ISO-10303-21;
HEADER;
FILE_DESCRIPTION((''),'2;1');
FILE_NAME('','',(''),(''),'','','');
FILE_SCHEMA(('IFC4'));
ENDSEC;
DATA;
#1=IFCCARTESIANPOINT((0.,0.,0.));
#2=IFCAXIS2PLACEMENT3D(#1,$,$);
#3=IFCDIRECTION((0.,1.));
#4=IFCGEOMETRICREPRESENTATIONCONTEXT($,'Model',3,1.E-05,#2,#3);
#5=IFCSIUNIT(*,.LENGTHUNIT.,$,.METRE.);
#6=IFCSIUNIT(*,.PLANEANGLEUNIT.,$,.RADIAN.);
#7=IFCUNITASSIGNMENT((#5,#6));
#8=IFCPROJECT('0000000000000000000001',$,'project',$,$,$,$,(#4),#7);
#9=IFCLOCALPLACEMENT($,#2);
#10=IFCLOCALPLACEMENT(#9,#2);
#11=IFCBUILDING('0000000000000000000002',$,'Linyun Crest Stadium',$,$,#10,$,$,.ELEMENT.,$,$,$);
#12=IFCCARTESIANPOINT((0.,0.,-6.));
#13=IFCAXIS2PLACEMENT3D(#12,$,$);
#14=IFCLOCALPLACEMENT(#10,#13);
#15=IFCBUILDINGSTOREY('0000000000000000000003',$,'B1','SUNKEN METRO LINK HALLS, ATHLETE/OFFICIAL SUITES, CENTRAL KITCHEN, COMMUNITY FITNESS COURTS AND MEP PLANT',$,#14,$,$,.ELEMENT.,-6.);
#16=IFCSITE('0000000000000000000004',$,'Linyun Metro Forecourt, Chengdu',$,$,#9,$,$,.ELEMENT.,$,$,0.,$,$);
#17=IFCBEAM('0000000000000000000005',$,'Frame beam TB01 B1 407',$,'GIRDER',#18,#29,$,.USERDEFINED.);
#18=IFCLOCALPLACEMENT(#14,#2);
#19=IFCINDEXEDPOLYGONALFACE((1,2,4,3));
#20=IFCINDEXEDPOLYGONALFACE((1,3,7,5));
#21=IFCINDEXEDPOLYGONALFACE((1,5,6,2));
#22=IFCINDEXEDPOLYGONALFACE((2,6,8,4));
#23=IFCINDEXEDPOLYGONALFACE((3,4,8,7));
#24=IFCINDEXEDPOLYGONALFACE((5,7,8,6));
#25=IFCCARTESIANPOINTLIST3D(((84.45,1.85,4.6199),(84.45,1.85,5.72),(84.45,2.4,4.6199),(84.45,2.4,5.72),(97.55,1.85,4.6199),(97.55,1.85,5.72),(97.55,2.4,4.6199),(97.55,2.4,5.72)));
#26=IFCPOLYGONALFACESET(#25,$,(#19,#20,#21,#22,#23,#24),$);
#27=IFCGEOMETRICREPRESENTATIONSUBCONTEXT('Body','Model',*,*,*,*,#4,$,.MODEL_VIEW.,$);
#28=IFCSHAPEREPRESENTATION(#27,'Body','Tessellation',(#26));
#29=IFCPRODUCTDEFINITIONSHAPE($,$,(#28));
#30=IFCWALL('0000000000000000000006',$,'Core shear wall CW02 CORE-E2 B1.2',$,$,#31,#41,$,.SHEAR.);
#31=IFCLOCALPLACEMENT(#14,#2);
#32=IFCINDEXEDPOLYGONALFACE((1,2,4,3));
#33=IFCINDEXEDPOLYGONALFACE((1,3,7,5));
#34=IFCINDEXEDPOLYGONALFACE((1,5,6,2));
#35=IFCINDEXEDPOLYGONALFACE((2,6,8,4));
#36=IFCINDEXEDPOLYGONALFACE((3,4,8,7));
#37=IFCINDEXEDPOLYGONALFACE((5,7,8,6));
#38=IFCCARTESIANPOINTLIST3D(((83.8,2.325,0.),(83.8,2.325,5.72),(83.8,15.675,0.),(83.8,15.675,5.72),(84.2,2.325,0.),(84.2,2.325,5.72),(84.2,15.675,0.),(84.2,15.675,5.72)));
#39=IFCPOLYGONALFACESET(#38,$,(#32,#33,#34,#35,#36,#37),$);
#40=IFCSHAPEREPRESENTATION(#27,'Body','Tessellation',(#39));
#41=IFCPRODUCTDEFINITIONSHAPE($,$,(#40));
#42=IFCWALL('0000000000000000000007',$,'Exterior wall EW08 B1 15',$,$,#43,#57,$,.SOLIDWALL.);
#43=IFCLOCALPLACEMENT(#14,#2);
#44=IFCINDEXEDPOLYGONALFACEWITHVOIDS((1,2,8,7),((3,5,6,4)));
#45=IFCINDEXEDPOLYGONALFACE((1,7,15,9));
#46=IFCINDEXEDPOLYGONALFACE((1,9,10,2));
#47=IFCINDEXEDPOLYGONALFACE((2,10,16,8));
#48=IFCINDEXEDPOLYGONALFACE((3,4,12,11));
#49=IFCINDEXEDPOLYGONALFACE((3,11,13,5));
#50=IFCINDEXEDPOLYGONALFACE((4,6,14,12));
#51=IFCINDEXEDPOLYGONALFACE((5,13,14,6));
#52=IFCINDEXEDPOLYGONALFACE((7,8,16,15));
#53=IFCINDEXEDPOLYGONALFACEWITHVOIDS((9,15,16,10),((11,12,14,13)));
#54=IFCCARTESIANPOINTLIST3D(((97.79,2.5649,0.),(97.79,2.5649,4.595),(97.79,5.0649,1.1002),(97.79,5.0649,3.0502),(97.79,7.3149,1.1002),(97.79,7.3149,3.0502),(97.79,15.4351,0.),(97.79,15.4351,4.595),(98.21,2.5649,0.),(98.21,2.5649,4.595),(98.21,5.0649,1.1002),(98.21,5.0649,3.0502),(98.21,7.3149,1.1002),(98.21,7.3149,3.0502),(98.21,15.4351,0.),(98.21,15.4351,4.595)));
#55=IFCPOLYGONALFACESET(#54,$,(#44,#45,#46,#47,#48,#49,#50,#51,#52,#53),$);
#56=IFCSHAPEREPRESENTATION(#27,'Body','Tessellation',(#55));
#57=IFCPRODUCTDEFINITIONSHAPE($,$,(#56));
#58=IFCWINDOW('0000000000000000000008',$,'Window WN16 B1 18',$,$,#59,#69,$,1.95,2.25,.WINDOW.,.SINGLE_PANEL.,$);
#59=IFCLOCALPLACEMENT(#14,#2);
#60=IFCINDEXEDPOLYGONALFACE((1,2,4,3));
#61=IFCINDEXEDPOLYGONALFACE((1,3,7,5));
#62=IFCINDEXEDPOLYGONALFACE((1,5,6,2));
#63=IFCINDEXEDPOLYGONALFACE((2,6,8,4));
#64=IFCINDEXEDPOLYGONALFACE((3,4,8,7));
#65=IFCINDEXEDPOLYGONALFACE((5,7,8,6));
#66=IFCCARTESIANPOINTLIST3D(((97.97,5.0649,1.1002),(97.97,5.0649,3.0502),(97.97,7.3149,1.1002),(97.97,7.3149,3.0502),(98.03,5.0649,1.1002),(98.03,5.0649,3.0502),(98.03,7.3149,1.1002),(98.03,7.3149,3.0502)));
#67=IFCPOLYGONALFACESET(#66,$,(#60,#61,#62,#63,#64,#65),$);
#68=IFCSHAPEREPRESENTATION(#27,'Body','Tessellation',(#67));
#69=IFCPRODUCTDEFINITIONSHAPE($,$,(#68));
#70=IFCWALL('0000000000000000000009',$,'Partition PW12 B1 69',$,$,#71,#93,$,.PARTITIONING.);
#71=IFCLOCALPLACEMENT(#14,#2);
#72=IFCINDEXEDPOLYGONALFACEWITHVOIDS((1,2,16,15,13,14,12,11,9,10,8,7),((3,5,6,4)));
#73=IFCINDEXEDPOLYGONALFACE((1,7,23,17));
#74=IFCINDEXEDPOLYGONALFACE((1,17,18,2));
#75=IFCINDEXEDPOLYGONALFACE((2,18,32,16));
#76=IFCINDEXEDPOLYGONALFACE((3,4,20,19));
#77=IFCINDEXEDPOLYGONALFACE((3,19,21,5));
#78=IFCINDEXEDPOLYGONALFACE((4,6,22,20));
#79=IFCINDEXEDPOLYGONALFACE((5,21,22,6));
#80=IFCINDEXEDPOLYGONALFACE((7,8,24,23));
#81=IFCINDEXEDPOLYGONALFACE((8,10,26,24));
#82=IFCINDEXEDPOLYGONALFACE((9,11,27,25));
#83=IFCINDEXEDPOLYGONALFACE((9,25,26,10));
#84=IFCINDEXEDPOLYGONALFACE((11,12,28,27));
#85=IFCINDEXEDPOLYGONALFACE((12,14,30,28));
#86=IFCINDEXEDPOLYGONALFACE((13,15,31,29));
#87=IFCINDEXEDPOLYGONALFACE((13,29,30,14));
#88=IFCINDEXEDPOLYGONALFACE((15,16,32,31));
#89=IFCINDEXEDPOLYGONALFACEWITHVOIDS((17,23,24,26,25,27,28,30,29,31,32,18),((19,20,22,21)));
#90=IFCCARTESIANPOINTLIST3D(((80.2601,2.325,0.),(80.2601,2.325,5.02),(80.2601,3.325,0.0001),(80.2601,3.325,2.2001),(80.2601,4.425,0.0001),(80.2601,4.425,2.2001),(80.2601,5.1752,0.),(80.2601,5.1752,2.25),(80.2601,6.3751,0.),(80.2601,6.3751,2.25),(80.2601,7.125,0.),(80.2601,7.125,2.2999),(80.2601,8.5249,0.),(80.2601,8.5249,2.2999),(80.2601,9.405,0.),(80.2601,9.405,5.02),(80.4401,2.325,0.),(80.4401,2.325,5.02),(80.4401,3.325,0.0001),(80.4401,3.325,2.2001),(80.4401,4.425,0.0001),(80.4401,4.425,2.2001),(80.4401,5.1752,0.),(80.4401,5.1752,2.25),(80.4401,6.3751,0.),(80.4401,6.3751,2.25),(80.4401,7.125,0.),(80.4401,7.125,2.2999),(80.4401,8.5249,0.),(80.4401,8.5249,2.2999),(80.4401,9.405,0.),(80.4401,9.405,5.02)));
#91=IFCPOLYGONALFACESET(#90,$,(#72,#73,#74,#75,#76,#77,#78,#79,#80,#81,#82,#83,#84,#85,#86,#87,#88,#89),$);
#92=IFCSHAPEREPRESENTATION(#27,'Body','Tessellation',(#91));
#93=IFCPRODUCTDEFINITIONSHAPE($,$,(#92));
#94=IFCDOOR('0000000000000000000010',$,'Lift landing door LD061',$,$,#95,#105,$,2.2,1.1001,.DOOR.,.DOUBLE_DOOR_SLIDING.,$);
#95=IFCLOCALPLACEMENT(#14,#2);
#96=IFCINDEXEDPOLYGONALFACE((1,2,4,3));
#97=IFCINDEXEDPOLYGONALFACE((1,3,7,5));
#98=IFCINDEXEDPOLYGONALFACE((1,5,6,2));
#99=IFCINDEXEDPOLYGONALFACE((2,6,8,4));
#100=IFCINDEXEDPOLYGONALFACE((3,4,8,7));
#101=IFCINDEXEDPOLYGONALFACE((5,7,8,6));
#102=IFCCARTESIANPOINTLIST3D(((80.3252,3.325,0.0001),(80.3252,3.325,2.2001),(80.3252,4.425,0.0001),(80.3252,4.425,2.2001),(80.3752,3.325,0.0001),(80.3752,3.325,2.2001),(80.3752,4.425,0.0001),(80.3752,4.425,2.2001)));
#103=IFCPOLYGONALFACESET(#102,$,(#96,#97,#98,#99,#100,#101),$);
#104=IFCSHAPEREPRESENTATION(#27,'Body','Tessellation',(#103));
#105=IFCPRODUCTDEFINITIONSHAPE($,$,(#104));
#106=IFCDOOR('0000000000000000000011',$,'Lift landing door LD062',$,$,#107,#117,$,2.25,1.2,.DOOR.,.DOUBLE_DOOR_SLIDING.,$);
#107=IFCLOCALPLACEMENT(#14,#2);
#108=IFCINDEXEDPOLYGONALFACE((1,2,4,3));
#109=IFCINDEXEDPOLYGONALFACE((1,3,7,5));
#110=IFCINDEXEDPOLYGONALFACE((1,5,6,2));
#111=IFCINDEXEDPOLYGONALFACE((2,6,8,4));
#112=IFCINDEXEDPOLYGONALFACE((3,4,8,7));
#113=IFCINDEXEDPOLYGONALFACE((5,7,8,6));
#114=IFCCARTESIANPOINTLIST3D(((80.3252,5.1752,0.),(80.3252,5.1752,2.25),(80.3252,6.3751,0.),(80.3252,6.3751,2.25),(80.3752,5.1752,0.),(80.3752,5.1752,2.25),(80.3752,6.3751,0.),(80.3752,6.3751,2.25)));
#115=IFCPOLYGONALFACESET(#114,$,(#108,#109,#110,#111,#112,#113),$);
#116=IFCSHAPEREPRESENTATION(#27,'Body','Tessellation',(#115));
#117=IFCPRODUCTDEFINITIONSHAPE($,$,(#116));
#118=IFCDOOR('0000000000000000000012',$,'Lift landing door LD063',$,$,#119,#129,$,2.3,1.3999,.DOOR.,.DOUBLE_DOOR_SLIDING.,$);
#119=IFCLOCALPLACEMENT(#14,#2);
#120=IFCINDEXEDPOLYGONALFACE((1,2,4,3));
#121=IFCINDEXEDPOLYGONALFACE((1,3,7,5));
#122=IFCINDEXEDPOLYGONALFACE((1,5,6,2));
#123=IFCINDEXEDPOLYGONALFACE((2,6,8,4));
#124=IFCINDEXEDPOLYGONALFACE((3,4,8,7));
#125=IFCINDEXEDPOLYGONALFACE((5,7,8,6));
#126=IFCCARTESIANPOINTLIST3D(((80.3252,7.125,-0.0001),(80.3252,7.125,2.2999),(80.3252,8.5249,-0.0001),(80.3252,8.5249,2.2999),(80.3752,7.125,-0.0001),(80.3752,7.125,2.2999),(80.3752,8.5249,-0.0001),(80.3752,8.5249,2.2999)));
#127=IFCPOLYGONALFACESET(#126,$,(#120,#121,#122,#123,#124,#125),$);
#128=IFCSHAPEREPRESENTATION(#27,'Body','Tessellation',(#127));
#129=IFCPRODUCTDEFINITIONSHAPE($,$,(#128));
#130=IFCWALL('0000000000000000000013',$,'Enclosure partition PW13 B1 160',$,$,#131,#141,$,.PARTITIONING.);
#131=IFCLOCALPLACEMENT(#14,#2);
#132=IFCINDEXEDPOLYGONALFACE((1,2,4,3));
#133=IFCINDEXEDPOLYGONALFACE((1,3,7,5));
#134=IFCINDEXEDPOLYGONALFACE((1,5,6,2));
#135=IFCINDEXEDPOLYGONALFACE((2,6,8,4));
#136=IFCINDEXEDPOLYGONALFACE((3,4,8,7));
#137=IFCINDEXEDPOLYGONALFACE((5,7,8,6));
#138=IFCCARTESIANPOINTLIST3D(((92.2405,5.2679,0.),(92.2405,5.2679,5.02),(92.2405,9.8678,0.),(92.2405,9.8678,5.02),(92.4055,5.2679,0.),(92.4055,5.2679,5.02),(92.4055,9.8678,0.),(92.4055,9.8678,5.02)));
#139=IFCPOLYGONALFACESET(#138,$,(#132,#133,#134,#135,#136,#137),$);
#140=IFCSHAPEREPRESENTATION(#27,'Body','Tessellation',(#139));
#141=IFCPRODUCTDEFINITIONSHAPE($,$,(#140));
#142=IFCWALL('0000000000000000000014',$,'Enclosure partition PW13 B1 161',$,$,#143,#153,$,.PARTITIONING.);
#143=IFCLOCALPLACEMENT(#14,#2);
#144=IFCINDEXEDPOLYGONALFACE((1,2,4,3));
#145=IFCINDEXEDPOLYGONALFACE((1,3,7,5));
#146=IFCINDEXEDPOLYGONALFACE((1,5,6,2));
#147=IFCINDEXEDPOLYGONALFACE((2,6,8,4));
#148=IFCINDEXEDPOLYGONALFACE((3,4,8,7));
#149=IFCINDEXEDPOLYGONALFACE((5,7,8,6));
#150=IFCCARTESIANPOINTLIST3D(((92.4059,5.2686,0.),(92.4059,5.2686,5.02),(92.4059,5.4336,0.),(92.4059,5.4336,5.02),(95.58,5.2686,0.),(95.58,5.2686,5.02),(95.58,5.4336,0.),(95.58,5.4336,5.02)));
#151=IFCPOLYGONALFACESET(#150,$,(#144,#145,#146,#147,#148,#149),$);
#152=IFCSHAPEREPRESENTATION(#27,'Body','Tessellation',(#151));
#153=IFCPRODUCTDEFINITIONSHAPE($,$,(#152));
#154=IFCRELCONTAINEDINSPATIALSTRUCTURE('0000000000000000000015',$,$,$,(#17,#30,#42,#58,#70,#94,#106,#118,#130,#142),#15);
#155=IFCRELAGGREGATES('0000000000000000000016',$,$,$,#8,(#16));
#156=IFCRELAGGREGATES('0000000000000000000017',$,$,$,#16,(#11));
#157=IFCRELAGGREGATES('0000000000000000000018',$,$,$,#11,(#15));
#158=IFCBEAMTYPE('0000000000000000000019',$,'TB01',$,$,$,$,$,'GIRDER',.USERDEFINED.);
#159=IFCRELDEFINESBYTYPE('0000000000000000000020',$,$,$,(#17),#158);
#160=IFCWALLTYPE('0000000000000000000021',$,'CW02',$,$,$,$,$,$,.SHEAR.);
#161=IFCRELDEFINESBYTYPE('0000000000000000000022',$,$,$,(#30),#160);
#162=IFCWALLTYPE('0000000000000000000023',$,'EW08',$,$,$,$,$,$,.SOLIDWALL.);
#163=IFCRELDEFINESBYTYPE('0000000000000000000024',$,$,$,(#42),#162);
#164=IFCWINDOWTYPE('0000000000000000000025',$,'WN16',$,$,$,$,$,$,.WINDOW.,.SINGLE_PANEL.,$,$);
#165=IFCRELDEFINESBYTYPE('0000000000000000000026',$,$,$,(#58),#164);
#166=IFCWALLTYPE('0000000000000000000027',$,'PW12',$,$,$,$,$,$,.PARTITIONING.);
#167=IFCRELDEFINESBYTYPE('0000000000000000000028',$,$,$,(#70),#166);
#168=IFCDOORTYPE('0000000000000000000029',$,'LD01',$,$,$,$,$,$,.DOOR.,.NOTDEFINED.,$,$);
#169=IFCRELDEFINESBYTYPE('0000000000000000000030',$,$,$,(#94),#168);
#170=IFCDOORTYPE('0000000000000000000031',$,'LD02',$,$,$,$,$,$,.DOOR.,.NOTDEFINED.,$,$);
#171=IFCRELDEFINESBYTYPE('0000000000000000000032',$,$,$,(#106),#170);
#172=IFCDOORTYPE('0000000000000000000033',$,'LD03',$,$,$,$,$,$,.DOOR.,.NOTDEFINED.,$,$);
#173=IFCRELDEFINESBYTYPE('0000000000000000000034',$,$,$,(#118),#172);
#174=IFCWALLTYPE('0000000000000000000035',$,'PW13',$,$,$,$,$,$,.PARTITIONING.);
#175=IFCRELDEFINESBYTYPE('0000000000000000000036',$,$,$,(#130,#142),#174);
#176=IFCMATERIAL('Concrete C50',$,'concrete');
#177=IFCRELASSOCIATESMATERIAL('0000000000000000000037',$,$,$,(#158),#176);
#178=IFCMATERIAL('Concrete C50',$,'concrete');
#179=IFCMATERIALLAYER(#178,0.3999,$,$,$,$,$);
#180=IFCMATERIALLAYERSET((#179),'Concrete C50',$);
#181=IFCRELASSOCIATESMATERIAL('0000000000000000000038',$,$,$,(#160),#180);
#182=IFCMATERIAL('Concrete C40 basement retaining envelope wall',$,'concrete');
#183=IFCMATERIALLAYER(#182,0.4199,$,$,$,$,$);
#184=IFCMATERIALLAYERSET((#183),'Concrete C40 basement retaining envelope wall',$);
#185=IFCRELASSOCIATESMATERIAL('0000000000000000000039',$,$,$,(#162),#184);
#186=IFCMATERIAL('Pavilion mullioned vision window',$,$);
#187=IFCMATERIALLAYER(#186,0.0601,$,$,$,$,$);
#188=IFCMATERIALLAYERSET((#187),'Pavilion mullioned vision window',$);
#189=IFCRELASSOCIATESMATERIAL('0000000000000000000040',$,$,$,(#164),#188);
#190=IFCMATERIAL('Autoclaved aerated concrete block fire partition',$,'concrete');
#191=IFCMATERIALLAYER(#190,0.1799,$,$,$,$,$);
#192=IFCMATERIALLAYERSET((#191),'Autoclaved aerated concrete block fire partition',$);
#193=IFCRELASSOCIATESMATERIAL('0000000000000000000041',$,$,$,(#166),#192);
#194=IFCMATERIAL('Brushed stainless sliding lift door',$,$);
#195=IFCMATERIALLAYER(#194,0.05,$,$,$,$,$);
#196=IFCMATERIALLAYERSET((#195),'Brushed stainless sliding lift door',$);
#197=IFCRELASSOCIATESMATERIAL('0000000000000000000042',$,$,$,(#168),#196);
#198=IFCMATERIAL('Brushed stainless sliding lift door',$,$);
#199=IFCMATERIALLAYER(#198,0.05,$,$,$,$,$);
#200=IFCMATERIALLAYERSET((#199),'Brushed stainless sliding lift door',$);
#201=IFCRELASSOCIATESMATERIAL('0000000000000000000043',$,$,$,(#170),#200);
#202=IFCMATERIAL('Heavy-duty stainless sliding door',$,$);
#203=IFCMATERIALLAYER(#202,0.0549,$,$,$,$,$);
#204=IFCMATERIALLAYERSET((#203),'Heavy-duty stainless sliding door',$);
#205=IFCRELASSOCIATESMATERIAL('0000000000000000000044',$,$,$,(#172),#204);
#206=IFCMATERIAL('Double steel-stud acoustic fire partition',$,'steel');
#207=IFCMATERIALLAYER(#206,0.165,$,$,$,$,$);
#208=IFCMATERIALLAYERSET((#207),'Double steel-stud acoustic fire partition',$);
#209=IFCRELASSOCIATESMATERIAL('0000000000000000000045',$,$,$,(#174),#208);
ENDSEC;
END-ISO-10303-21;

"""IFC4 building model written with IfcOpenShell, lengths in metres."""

from ifc_helpers import new_model, si_unit, direction, frame, frame_2d, origin, origin_2d, place, context, subcontext, project, spatial, rectangle, extrude, material, layer, layer_set, material_profile, profile_set, type_object, element, fill, save


model = new_model("IFC4")

# Units and contexts
model_context = context("Model", 3, precision=1e-05, world=origin(), true_north=direction((0.0, 1.0)))
body_context = subcontext(model_context, "Body", "Model", "MODEL_VIEW")
ifc_project = project(units=[si_unit("LENGTHUNIT", "METRE"), si_unit("PLANEANGLEUNIT", "RADIAN")], contexts=[model_context])

# Site, building, storey
site_placement = place(None, origin())
site = spatial("IfcSite", under=ifc_project, at=site_placement, Name="Linyun Metro Forecourt, Chengdu", CompositionType="ELEMENT", RefElevation=0.0)
building_placement = place(site_placement, origin())
building = spatial("IfcBuilding", under=site, at=building_placement, Name="Linyun Crest Stadium", CompositionType="ELEMENT")
storey_placement = place(building_placement, frame((0.0, 0.0, -6.0)))
storey = spatial("IfcBuildingStorey", under=building, at=storey_placement, Name="B1", Description="SUNKEN METRO LINK HALLS, ATHLETE/OFFICIAL SUITES, CENTRAL KITCHEN, COMMUNITY FITNESS COURTS AND MEP PLANT", CompositionType="ELEMENT", Elevation=-6.0)

# Beam
ifc_material_1 = material(Name="Concrete C50", Category="concrete")
ifc_material_profile_1 = material_profile(ifc_material_1, rectangle(XDim=0.55, YDim=1.1001, at=origin_2d()), Name="RCB 1100x550")
ifc_profile_set_1 = profile_set([ifc_material_profile_1], Name="Concrete C50")
beam_type_1 = type_object("IfcBeamType", Name="TB01", ElementType="GIRDER", PredefinedType="USERDEFINED", material=ifc_profile_set_1)
beam_1_placement = place(storey_placement, frame((84.45, 2.125, 5.1699), z_axis=(1.0, 0.0, 0.0), x_axis=(0.0, 1.0, 0.0)))
element("IfcBeam", 1, at=beam_1_placement, inside=storey, type_object=beam_type_1, Name="Frame beam TB01 B1 407", ObjectType="GIRDER", PredefinedType="USERDEFINED", context=body_context, shape_type="SweptSolid", body=[
    extrude(rectangle(XDim=0.55, YDim=1.1001, at=origin_2d()), origin(), (0.0, 0.0, 1.0), 13.1001),
])

# Wall
ifc_material_2 = material(Name="Concrete C50", Category="concrete")
ifc_layer_1 = layer(ifc_material_2, 0.3999)
ifc_layer_set_1 = layer_set([ifc_layer_1], Name="Concrete C50")
wall_type_1 = type_object("IfcWallType", Name="CW02", PredefinedType="SHEAR", material=ifc_layer_set_1)
wall_1_placement = place(storey_placement, frame((84.0, 2.325, 0.0), z_axis=(0.0, 0.0, 1.0), x_axis=(0.0, 1.0, 0.0)))
element("IfcWall", 2, at=wall_1_placement, inside=storey, type_object=wall_type_1, Name="Core shear wall CW02 CORE-E2 B1.2", PredefinedType="SHEAR", context=body_context, shape_type="SweptSolid", body=[
    extrude(rectangle(XDim=13.3501, YDim=0.3999, at=frame_2d((6.675, 0.0))), origin(), (0.0, 0.0, 1.0), 5.72),
])

# Wall, opening, window
ifc_material_3 = material(Name="Concrete C40 basement retaining envelope wall", Category="concrete")
ifc_layer_2 = layer(ifc_material_3, 0.4199)
ifc_layer_set_2 = layer_set([ifc_layer_2], Name="Concrete C40 basement retaining envelope wall")
wall_type_2 = type_object("IfcWallType", Name="EW08", PredefinedType="SOLIDWALL", material=ifc_layer_set_2)
wall_2_placement = place(storey_placement, frame((98.0, 2.5649, 0.0), z_axis=(0.0, 0.0, 1.0), x_axis=(0.0, 1.0, 0.0)))
wall_2 = element("IfcWall", 3, at=wall_2_placement, inside=storey, type_object=wall_type_2, Name="Exterior wall EW08 B1 15", PredefinedType="SOLIDWALL", context=body_context, shape_type="SweptSolid", body=[
    extrude(rectangle(XDim=12.8701, YDim=0.4199, at=frame_2d((6.4351, 0.0))), origin(), (0.0, 0.0, 1.0), 4.595),
])
opening_1_placement = place(wall_2_placement, frame((2.5, 0.0, 1.1001)))
opening_1 = element("IfcOpeningElement", 4, at=opening_1_placement, cuts=wall_2, PredefinedType="OPENING", context=body_context, shape_type="SweptSolid", body=[
    extrude(rectangle(XDim=2.25, YDim=1.95, at=frame_2d((1.125, 0.9751))), frame((0.0, 0.22, 0.0), z_axis=(0.0, -1.0, 0.0), x_axis=(1.0, 0.0, 0.0)), (0.0, 0.0, 1.0), 0.4399),
])
ifc_material_4 = material(Name="Pavilion mullioned vision window")
ifc_layer_3 = layer(ifc_material_4, 0.0601)
ifc_layer_set_3 = layer_set([ifc_layer_3], Name="Pavilion mullioned vision window")
window_type = type_object("IfcWindowType", Name="WN16", PartitioningType="SINGLE_PANEL", PredefinedType="WINDOW", material=ifc_layer_set_3)
window_placement = place(opening_1_placement, origin())
window = element("IfcWindow", 5, at=window_placement, inside=storey, type_object=window_type, Name="Window WN16 B1 18", OverallHeight=1.95, OverallWidth=2.25, PartitioningType="SINGLE_PANEL", PredefinedType="WINDOW", context=body_context, shape_type="SweptSolid", body=[
    extrude(rectangle(XDim=2.25, YDim=1.95, at=frame_2d((1.125, 0.9751))), frame((0.0, 0.03, 0.0), z_axis=(0.0, -1.0, 0.0), x_axis=(1.0, 0.0, 0.0)), (0.0, 0.0, 1.0), 0.0601),
])
fill(opening_1, window)

# Wall, openings, doors
ifc_material_5 = material(Name="Autoclaved aerated concrete block fire partition", Category="concrete")
ifc_layer_4 = layer(ifc_material_5, 0.1799)
ifc_layer_set_4 = layer_set([ifc_layer_4], Name="Autoclaved aerated concrete block fire partition")
wall_type_3 = type_object("IfcWallType", Name="PW12", PredefinedType="PARTITIONING", material=ifc_layer_set_4)
wall_3_placement = place(storey_placement, frame((80.3501, 2.325, 0.0), z_axis=(0.0, 0.0, 1.0), x_axis=(0.0, 1.0, 0.0)))
wall_3 = element("IfcWall", 6, at=wall_3_placement, inside=storey, type_object=wall_type_3, Name="Partition PW12 B1 69", PredefinedType="PARTITIONING", context=body_context, shape_type="SweptSolid", body=[
    extrude(rectangle(XDim=7.0801, YDim=0.1799, at=frame_2d((3.54, 0.0))), origin(), (0.0, 0.0, 1.0), 5.02),
])
opening_2_placement = place(wall_3_placement, frame((1.0, 0.0, 0.0)))
opening_2 = element("IfcOpeningElement", 7, at=opening_2_placement, cuts=wall_3, PredefinedType="OPENING", context=body_context, shape_type="SweptSolid", body=[
    extrude(rectangle(XDim=1.1001, YDim=2.2, at=frame_2d((0.55, 1.1001))), frame((0.0, 0.0999, 0.0), z_axis=(0.0, -1.0, 0.0), x_axis=(1.0, 0.0, 0.0)), (0.0, 0.0, 1.0), 0.2),
])
opening_3_placement = place(wall_3_placement, frame((2.8501, 0.0, 0.0)))
opening_3 = element("IfcOpeningElement", 8, at=opening_3_placement, cuts=wall_3, PredefinedType="OPENING", context=body_context, shape_type="SweptSolid", body=[
    extrude(rectangle(XDim=1.2, YDim=2.25, at=frame_2d((0.6001, 1.125))), frame((0.0, 0.0999, 0.0), z_axis=(0.0, -1.0, 0.0), x_axis=(1.0, 0.0, 0.0)), (0.0, 0.0, 1.0), 0.2),
])
opening_4_placement = place(wall_3_placement, frame((4.8, 0.0, 0.0)))
opening_4 = element("IfcOpeningElement", 9, at=opening_4_placement, cuts=wall_3, PredefinedType="OPENING", context=body_context, shape_type="SweptSolid", body=[
    extrude(rectangle(XDim=1.3999, YDim=2.3, at=frame_2d((0.7, 1.1499))), frame((0.0, 0.0999, 0.0), z_axis=(0.0, -1.0, 0.0), x_axis=(1.0, 0.0, 0.0)), (0.0, 0.0, 1.0), 0.2),
])
ifc_material_6 = material(Name="Brushed stainless sliding lift door")
ifc_layer_5 = layer(ifc_material_6, 0.05)
ifc_layer_set_5 = layer_set([ifc_layer_5], Name="Brushed stainless sliding lift door")
door_type_1 = type_object("IfcDoorType", Name="LD01", OperationType="NOTDEFINED", PredefinedType="DOOR", material=ifc_layer_set_5)
door_1_placement = place(opening_2_placement, origin())
door_1 = element("IfcDoor", 10, at=door_1_placement, inside=storey, type_object=door_type_1, Name="Lift landing door LD061", OperationType="DOUBLE_DOOR_SLIDING", OverallHeight=2.2, OverallWidth=1.1001, PredefinedType="DOOR", context=body_context, shape_type="SweptSolid", body=[
    extrude(rectangle(XDim=1.1001, YDim=2.2, at=frame_2d((0.55, 1.1001))), frame((0.0, 0.0249, 0.0), z_axis=(0.0, -1.0, 0.0), x_axis=(1.0, 0.0, 0.0)), (0.0, 0.0, 1.0), 0.05),
])
fill(opening_2, door_1)
ifc_material_7 = material(Name="Brushed stainless sliding lift door")
ifc_layer_6 = layer(ifc_material_7, 0.05)
ifc_layer_set_6 = layer_set([ifc_layer_6], Name="Brushed stainless sliding lift door")
door_type_2 = type_object("IfcDoorType", Name="LD02", OperationType="NOTDEFINED", PredefinedType="DOOR", material=ifc_layer_set_6)
door_2_placement = place(opening_3_placement, origin())
door_2 = element("IfcDoor", 11, at=door_2_placement, inside=storey, type_object=door_type_2, Name="Lift landing door LD062", OperationType="DOUBLE_DOOR_SLIDING", OverallHeight=2.25, OverallWidth=1.2, PredefinedType="DOOR", context=body_context, shape_type="SweptSolid", body=[
    extrude(rectangle(XDim=1.2, YDim=2.25, at=frame_2d((0.6001, 1.125))), frame((0.0, 0.0249, 0.0), z_axis=(0.0, -1.0, 0.0), x_axis=(1.0, 0.0, 0.0)), (0.0, 0.0, 1.0), 0.05),
])
fill(opening_3, door_2)
ifc_material_8 = material(Name="Heavy-duty stainless sliding door")
ifc_layer_7 = layer(ifc_material_8, 0.0549)
ifc_layer_set_7 = layer_set([ifc_layer_7], Name="Heavy-duty stainless sliding door")
door_type_3 = type_object("IfcDoorType", Name="LD03", OperationType="NOTDEFINED", PredefinedType="DOOR", material=ifc_layer_set_7)
door_3_placement = place(opening_4_placement, origin())
door_3 = element("IfcDoor", 12, at=door_3_placement, inside=storey, type_object=door_type_3, Name="Lift landing door LD063", OperationType="DOUBLE_DOOR_SLIDING", OverallHeight=2.3, OverallWidth=1.3999, PredefinedType="DOOR", context=body_context, shape_type="SweptSolid", body=[
    extrude(rectangle(XDim=1.3999, YDim=2.3, at=frame_2d((0.7, 1.1499))), frame((0.0, 0.0249, 0.0), z_axis=(0.0, -1.0, 0.0), x_axis=(1.0, 0.0, 0.0)), (0.0, 0.0, 1.0), 0.05),
])
fill(opening_4, door_3)

# Walls
ifc_material_9 = material(Name="Double steel-stud acoustic fire partition", Category="steel")
ifc_layer_8 = layer(ifc_material_9, 0.165)
ifc_layer_set_8 = layer_set([ifc_layer_8], Name="Double steel-stud acoustic fire partition")
wall_type_4 = type_object("IfcWallType", Name="PW13", PredefinedType="PARTITIONING", material=ifc_layer_set_8)
wall_4_placement = place(storey_placement, frame((92.323, 5.2681, 0.0), z_axis=(0.0, 0.0, 1.0), x_axis=(0.0, 1.0, 0.0)))
element("IfcWall", 13, at=wall_4_placement, inside=storey, type_object=wall_type_4, Name="Enclosure partition PW13 B1 160", PredefinedType="PARTITIONING", context=body_context, shape_type="SweptSolid", body=[
    extrude(rectangle(XDim=4.5999, YDim=0.165, at=frame_2d((2.2998, 0.0))), origin(), (0.0, 0.0, 1.0), 5.02),
])
wall_5_placement = place(storey_placement, frame((92.406, 5.3511, 0.0), z_axis=(0.0, 0.0, 1.0), x_axis=(1.0, 0.0, 0.0)))
element("IfcWall", 14, at=wall_5_placement, inside=storey, type_object=wall_type_4, Name="Enclosure partition PW13 B1 161", PredefinedType="PARTITIONING", context=body_context, shape_type="SweptSolid", body=[
    extrude(rectangle(XDim=3.1741, YDim=0.165, at=frame_2d((1.5869, 0.0))), origin(), (0.0, 0.0, 1.0), 5.02),
])

save(model, "model.ifc")
